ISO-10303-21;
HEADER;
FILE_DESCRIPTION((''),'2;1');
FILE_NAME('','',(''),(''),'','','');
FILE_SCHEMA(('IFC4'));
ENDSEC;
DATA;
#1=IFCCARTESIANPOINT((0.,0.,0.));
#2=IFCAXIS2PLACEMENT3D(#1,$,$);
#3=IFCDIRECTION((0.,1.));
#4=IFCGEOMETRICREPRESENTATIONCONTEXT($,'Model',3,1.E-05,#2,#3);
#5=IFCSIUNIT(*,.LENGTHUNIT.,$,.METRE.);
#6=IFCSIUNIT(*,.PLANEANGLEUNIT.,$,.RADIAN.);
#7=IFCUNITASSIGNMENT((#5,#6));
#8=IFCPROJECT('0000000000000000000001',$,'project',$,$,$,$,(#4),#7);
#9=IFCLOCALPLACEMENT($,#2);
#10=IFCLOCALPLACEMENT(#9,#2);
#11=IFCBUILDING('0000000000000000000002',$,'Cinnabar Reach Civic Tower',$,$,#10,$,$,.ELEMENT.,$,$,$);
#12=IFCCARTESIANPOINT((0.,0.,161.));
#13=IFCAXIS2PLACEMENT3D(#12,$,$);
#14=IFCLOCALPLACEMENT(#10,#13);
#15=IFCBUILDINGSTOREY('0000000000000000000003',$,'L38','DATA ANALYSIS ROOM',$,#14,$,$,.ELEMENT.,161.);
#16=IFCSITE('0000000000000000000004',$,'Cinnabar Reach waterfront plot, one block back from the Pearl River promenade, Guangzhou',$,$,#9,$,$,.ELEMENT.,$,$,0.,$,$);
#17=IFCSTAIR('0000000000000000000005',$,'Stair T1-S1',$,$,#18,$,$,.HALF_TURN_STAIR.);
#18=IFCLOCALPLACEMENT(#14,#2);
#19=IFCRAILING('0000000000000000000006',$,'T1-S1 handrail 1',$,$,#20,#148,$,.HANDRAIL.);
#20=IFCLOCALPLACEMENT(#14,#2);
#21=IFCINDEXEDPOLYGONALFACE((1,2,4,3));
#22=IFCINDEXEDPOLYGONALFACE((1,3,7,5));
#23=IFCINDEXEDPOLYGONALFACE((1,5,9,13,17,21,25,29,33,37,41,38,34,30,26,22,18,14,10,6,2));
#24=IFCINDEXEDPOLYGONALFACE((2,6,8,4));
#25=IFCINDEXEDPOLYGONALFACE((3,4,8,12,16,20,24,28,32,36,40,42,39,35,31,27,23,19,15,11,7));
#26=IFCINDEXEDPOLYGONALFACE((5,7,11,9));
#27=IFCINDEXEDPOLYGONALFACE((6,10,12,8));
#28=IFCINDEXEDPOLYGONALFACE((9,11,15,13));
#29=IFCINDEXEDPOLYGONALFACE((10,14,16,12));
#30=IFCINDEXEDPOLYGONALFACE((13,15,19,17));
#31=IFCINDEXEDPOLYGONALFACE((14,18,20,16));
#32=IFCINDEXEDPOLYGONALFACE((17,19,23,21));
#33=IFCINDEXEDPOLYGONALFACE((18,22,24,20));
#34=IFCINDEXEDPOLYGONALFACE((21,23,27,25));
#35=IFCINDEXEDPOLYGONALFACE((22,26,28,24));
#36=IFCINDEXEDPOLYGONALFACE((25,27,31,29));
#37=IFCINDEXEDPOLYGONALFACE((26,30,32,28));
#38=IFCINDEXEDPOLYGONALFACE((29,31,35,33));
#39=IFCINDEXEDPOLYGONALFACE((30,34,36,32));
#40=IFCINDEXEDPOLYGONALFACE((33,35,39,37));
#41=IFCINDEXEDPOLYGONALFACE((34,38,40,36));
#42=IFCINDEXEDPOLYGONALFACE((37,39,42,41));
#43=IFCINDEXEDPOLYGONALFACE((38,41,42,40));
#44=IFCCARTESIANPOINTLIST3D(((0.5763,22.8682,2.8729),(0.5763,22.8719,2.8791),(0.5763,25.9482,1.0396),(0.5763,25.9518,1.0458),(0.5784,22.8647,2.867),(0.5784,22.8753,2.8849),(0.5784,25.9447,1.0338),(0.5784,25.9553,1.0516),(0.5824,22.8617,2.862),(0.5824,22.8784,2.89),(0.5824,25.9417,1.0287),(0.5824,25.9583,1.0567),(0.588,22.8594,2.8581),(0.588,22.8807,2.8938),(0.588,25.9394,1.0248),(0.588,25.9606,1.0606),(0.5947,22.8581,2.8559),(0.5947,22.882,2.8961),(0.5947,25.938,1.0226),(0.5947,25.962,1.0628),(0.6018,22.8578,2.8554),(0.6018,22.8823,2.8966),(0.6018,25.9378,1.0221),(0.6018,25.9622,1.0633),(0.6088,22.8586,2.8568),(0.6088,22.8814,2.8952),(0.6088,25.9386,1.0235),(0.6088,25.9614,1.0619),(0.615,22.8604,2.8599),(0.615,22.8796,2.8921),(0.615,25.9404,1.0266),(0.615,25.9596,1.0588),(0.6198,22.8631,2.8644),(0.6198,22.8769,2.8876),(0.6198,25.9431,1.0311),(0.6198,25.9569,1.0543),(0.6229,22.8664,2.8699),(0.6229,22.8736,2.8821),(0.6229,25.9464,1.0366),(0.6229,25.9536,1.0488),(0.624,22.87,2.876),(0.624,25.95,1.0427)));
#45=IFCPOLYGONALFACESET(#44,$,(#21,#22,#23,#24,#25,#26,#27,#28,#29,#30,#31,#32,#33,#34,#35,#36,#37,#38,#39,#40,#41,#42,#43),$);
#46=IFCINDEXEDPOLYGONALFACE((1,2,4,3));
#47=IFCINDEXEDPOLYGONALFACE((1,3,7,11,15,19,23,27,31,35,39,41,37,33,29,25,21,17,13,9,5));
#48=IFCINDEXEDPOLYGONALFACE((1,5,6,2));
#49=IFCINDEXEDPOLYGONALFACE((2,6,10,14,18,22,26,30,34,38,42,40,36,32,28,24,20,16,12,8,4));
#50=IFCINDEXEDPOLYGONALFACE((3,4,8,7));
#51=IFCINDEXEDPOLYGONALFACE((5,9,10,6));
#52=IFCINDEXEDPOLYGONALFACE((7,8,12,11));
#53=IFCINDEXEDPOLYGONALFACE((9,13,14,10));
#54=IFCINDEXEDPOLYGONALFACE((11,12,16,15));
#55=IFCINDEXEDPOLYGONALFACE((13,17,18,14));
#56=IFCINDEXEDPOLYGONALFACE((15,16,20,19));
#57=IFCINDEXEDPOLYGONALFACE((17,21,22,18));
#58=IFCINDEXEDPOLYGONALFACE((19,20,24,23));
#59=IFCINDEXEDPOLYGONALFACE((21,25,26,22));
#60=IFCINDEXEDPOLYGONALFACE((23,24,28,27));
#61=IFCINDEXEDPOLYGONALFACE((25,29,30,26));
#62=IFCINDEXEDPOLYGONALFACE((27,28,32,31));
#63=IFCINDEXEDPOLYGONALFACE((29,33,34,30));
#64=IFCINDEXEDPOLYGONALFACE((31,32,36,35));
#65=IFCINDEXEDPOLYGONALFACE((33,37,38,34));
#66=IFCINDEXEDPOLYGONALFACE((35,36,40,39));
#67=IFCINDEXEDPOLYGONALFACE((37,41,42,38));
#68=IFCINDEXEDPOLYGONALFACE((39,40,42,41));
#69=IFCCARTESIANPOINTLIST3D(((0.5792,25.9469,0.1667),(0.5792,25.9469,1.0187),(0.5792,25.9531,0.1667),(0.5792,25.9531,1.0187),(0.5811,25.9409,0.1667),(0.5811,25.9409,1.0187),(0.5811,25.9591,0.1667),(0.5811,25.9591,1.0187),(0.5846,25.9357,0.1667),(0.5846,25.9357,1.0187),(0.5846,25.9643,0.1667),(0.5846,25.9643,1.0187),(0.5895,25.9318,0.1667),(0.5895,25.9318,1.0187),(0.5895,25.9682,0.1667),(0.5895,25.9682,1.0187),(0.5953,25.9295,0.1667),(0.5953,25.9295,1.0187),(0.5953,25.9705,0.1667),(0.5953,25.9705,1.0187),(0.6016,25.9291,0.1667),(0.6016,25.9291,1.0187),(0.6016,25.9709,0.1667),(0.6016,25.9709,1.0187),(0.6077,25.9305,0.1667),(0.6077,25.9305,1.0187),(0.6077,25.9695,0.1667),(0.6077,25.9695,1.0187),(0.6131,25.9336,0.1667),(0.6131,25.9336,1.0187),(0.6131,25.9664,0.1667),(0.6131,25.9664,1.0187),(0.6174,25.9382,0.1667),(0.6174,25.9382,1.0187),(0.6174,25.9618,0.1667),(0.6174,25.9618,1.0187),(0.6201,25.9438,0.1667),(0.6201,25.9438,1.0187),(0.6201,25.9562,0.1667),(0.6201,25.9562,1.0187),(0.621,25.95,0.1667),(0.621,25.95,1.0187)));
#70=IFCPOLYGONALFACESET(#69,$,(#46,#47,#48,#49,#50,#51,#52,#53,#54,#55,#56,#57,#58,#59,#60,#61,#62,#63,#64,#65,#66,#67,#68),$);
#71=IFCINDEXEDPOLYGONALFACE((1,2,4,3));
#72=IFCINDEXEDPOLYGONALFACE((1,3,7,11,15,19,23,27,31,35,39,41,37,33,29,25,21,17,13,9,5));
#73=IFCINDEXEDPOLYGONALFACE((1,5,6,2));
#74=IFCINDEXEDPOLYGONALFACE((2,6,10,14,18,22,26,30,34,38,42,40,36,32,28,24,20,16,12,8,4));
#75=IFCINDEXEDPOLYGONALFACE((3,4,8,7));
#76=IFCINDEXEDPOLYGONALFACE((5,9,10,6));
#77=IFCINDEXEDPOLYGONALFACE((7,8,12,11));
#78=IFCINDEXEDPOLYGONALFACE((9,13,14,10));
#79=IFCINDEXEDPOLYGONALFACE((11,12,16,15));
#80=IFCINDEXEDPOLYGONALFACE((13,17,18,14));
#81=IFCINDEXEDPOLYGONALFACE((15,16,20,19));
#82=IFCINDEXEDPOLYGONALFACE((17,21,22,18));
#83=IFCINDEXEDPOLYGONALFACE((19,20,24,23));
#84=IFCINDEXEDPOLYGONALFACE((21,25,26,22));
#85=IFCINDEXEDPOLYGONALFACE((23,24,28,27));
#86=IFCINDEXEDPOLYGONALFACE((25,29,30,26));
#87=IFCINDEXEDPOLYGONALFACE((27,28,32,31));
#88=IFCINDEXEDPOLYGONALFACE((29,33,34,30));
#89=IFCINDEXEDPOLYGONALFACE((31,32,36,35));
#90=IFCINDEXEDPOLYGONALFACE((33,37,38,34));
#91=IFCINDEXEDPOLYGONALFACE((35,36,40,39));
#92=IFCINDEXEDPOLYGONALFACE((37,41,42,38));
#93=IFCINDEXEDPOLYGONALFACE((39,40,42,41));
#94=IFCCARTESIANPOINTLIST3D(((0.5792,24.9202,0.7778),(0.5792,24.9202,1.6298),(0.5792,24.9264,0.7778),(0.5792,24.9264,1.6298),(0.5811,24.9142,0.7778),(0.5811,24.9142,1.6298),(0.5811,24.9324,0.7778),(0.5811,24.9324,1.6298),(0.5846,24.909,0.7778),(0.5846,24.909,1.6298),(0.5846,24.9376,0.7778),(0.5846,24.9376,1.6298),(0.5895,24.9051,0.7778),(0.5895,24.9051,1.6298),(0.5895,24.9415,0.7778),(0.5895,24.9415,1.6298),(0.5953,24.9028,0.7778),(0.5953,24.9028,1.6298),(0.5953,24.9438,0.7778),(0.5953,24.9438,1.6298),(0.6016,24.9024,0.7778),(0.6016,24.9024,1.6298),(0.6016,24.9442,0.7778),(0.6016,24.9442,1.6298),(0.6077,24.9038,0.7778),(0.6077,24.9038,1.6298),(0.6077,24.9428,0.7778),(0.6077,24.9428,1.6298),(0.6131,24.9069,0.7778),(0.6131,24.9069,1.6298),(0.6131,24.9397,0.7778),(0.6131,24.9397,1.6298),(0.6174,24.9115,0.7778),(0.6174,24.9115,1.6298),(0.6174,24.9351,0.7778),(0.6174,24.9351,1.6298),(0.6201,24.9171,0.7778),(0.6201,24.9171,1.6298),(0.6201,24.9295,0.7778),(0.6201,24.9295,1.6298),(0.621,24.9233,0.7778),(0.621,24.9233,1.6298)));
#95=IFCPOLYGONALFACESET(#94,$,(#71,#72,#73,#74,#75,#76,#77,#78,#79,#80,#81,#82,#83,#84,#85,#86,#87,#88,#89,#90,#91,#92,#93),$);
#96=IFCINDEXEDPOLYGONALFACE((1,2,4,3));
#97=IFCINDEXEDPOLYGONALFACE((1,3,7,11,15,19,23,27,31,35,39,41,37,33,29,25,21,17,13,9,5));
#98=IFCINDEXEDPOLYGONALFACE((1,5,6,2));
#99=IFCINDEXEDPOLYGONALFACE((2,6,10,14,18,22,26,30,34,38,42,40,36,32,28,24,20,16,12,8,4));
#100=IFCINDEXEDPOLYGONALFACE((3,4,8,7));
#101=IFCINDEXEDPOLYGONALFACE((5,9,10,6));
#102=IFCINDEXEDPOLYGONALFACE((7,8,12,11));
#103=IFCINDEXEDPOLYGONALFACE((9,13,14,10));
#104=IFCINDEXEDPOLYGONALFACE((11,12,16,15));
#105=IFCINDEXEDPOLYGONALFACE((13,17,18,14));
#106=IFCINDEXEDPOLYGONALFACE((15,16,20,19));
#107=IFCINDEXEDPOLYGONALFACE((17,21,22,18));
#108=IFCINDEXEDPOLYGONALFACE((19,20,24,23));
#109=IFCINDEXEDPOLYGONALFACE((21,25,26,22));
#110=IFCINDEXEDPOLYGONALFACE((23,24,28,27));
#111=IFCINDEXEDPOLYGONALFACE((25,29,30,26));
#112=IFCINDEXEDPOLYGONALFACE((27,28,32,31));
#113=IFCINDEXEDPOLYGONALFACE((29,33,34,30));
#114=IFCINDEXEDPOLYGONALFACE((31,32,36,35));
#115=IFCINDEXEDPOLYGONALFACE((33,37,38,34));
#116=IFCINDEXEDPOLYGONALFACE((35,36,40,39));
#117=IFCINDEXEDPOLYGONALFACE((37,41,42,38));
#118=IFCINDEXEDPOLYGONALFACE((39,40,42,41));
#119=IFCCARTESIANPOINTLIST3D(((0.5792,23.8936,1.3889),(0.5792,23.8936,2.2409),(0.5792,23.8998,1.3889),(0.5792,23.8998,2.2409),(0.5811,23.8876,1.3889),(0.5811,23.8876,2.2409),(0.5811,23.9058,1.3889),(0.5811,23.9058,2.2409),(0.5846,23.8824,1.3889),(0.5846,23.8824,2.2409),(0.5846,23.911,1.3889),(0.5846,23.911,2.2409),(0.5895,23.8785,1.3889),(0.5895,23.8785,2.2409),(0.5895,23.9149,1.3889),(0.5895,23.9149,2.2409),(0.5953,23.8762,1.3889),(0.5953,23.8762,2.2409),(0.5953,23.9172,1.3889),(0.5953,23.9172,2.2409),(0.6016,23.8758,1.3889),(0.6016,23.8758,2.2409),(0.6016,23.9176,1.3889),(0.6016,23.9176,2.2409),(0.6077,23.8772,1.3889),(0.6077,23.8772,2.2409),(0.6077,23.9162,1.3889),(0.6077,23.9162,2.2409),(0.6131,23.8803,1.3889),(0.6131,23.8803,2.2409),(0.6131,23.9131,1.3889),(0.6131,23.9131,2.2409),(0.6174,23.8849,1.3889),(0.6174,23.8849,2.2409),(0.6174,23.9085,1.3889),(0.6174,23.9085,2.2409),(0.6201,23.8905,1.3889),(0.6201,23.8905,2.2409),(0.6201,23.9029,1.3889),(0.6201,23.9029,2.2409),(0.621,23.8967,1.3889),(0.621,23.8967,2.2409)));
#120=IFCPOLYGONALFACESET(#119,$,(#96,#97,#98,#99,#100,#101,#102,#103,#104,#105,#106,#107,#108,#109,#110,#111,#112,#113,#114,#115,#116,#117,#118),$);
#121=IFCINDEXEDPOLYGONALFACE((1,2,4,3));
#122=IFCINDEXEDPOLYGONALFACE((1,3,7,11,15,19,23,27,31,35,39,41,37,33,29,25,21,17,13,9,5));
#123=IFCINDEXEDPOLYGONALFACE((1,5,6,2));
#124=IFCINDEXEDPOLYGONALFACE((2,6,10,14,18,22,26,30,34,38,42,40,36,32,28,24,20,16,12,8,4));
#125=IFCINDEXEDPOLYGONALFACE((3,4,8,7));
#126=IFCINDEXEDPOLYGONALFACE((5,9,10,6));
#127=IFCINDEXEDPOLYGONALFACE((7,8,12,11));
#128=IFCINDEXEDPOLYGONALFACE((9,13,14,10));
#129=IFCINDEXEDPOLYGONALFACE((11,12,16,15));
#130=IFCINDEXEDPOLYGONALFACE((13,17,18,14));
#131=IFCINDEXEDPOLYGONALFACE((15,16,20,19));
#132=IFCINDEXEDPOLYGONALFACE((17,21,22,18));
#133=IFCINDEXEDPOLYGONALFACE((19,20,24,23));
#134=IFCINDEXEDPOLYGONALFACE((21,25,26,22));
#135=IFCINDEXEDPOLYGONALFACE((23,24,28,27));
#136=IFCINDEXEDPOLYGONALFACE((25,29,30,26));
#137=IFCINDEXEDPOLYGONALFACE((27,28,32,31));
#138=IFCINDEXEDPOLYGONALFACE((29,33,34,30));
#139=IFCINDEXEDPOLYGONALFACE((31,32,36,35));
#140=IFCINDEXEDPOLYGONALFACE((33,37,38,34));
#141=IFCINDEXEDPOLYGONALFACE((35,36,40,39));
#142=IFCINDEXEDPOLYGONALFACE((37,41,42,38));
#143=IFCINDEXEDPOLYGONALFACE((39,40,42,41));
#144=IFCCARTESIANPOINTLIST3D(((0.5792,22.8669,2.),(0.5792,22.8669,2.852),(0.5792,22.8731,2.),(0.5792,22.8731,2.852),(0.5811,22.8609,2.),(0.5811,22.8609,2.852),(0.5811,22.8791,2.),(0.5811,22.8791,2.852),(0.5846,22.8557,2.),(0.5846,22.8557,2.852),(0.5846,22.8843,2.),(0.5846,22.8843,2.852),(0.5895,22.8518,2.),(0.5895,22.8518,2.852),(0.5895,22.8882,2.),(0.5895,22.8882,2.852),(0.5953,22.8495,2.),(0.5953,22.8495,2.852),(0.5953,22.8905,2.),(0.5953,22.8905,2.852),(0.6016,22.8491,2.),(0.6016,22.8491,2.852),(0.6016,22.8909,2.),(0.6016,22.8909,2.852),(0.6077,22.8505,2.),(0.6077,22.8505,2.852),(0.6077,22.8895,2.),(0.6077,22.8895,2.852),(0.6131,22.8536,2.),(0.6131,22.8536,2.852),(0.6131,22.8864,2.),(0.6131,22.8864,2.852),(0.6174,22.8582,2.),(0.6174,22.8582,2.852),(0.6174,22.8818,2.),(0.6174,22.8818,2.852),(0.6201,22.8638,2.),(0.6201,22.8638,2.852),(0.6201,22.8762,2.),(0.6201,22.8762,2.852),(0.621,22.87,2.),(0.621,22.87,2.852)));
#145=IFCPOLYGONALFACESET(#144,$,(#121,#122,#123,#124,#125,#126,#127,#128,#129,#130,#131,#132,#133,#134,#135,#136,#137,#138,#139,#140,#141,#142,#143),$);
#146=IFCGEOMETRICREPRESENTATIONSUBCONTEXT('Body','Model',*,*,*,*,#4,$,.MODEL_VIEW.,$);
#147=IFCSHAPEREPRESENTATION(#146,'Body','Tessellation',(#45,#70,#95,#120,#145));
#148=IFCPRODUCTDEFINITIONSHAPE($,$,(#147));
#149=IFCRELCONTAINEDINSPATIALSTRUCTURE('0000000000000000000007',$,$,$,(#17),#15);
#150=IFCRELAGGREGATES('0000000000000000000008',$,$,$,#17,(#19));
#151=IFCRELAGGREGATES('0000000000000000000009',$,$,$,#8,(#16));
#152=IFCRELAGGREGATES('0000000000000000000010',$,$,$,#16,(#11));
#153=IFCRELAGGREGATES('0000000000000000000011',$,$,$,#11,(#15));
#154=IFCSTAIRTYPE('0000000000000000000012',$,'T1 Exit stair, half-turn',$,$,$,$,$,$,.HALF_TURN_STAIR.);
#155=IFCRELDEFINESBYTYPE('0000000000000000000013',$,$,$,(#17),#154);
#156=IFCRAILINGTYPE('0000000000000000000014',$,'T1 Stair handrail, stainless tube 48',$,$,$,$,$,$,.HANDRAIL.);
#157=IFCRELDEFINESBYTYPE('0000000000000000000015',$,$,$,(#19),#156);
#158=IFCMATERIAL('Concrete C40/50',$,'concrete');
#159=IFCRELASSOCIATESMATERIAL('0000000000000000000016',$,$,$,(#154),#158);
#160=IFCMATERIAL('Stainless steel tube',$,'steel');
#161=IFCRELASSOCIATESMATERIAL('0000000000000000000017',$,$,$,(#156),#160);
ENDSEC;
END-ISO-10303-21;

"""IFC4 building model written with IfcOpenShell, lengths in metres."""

from ifc_helpers import new_model, si_unit, direction, frame, origin, origin_2d, place, context, subcontext, project, spatial, circle, extrude, material, type_object, element, aggregate, save


model = new_model("IFC4")

# Units and contexts
model_context = context("Model", 3, precision=1e-05, world=origin(), true_north=direction((0.0, 1.0)))
body_context = subcontext(model_context, "Body", "Model", "MODEL_VIEW")
ifc_project = project(units=[si_unit("LENGTHUNIT", "METRE"), si_unit("PLANEANGLEUNIT", "RADIAN")], contexts=[model_context])

# Site, building, storey
site_placement = place(None, origin())
site = spatial("IfcSite", under=ifc_project, at=site_placement, Name="Cinnabar Reach waterfront plot, one block back from the Pearl River promenade, Guangzhou", CompositionType="ELEMENT", RefElevation=0.0)
building_placement = place(site_placement, origin())
building = spatial("IfcBuilding", under=site, at=building_placement, Name="Cinnabar Reach Civic Tower", CompositionType="ELEMENT")
storey_placement = place(building_placement, frame((0.0, 0.0, 161.0)))
storey = spatial("IfcBuildingStorey", under=building, at=storey_placement, Name="L38", Description="DATA ANALYSIS ROOM", CompositionType="ELEMENT", Elevation=161.0)

# Shared definitions
ifc_material_1 = material(Name="Concrete C40/50", Category="concrete")

# Stair, railing
stair_type = type_object("IfcStairType", Name="T1 Exit stair, half-turn", PredefinedType="HALF_TURN_STAIR", material=ifc_material_1)
stair_placement = place(storey_placement, origin())
stair = element("IfcStair", 1, at=stair_placement, inside=storey, type_object=stair_type, Name="Stair T1-S1", PredefinedType="HALF_TURN_STAIR")
ifc_material_2 = material(Name="Stainless steel tube", Category="steel")
railing_type = type_object("IfcRailingType", Name="T1 Stair handrail, stainless tube 48", PredefinedType="HANDRAIL", material=ifc_material_2)
railing_1_placement = place(storey_placement, frame((0.6, 25.95, 0.1667)))
railing_1 = element("IfcRailing", 2, at=railing_1_placement, type_object=railing_type, Name="T1-S1 handrail 1", PredefinedType="HANDRAIL", context=body_context, shape_type="SweptSolid", body=[
    extrude(circle(Radius=0.024, at=origin_2d()), frame((0.0, 0.0, 0.876), z_axis=(0.0, -0.859297, 0.511477), x_axis=(1.0, 0.0, 0.0)), (0.0, 0.0, 1.0), 3.5843),
    extrude(circle(Radius=0.021, at=origin_2d()), origin(), (0.0, 0.0, 1.0), 0.852),
    extrude(circle(Radius=0.021, at=origin_2d()), frame((0.0, -1.0267, 0.6111)), (0.0, 0.0, 1.0), 0.852),
    extrude(circle(Radius=0.021, at=origin_2d()), frame((0.0, -2.0533, 1.2222)), (0.0, 0.0, 1.0), 0.852),
    extrude(circle(Radius=0.021, at=origin_2d()), frame((0.0, -3.08, 1.8333)), (0.0, 0.0, 1.0), 0.852),
])
aggregate(stair, [railing_1])

save(model, "model.ifc")
